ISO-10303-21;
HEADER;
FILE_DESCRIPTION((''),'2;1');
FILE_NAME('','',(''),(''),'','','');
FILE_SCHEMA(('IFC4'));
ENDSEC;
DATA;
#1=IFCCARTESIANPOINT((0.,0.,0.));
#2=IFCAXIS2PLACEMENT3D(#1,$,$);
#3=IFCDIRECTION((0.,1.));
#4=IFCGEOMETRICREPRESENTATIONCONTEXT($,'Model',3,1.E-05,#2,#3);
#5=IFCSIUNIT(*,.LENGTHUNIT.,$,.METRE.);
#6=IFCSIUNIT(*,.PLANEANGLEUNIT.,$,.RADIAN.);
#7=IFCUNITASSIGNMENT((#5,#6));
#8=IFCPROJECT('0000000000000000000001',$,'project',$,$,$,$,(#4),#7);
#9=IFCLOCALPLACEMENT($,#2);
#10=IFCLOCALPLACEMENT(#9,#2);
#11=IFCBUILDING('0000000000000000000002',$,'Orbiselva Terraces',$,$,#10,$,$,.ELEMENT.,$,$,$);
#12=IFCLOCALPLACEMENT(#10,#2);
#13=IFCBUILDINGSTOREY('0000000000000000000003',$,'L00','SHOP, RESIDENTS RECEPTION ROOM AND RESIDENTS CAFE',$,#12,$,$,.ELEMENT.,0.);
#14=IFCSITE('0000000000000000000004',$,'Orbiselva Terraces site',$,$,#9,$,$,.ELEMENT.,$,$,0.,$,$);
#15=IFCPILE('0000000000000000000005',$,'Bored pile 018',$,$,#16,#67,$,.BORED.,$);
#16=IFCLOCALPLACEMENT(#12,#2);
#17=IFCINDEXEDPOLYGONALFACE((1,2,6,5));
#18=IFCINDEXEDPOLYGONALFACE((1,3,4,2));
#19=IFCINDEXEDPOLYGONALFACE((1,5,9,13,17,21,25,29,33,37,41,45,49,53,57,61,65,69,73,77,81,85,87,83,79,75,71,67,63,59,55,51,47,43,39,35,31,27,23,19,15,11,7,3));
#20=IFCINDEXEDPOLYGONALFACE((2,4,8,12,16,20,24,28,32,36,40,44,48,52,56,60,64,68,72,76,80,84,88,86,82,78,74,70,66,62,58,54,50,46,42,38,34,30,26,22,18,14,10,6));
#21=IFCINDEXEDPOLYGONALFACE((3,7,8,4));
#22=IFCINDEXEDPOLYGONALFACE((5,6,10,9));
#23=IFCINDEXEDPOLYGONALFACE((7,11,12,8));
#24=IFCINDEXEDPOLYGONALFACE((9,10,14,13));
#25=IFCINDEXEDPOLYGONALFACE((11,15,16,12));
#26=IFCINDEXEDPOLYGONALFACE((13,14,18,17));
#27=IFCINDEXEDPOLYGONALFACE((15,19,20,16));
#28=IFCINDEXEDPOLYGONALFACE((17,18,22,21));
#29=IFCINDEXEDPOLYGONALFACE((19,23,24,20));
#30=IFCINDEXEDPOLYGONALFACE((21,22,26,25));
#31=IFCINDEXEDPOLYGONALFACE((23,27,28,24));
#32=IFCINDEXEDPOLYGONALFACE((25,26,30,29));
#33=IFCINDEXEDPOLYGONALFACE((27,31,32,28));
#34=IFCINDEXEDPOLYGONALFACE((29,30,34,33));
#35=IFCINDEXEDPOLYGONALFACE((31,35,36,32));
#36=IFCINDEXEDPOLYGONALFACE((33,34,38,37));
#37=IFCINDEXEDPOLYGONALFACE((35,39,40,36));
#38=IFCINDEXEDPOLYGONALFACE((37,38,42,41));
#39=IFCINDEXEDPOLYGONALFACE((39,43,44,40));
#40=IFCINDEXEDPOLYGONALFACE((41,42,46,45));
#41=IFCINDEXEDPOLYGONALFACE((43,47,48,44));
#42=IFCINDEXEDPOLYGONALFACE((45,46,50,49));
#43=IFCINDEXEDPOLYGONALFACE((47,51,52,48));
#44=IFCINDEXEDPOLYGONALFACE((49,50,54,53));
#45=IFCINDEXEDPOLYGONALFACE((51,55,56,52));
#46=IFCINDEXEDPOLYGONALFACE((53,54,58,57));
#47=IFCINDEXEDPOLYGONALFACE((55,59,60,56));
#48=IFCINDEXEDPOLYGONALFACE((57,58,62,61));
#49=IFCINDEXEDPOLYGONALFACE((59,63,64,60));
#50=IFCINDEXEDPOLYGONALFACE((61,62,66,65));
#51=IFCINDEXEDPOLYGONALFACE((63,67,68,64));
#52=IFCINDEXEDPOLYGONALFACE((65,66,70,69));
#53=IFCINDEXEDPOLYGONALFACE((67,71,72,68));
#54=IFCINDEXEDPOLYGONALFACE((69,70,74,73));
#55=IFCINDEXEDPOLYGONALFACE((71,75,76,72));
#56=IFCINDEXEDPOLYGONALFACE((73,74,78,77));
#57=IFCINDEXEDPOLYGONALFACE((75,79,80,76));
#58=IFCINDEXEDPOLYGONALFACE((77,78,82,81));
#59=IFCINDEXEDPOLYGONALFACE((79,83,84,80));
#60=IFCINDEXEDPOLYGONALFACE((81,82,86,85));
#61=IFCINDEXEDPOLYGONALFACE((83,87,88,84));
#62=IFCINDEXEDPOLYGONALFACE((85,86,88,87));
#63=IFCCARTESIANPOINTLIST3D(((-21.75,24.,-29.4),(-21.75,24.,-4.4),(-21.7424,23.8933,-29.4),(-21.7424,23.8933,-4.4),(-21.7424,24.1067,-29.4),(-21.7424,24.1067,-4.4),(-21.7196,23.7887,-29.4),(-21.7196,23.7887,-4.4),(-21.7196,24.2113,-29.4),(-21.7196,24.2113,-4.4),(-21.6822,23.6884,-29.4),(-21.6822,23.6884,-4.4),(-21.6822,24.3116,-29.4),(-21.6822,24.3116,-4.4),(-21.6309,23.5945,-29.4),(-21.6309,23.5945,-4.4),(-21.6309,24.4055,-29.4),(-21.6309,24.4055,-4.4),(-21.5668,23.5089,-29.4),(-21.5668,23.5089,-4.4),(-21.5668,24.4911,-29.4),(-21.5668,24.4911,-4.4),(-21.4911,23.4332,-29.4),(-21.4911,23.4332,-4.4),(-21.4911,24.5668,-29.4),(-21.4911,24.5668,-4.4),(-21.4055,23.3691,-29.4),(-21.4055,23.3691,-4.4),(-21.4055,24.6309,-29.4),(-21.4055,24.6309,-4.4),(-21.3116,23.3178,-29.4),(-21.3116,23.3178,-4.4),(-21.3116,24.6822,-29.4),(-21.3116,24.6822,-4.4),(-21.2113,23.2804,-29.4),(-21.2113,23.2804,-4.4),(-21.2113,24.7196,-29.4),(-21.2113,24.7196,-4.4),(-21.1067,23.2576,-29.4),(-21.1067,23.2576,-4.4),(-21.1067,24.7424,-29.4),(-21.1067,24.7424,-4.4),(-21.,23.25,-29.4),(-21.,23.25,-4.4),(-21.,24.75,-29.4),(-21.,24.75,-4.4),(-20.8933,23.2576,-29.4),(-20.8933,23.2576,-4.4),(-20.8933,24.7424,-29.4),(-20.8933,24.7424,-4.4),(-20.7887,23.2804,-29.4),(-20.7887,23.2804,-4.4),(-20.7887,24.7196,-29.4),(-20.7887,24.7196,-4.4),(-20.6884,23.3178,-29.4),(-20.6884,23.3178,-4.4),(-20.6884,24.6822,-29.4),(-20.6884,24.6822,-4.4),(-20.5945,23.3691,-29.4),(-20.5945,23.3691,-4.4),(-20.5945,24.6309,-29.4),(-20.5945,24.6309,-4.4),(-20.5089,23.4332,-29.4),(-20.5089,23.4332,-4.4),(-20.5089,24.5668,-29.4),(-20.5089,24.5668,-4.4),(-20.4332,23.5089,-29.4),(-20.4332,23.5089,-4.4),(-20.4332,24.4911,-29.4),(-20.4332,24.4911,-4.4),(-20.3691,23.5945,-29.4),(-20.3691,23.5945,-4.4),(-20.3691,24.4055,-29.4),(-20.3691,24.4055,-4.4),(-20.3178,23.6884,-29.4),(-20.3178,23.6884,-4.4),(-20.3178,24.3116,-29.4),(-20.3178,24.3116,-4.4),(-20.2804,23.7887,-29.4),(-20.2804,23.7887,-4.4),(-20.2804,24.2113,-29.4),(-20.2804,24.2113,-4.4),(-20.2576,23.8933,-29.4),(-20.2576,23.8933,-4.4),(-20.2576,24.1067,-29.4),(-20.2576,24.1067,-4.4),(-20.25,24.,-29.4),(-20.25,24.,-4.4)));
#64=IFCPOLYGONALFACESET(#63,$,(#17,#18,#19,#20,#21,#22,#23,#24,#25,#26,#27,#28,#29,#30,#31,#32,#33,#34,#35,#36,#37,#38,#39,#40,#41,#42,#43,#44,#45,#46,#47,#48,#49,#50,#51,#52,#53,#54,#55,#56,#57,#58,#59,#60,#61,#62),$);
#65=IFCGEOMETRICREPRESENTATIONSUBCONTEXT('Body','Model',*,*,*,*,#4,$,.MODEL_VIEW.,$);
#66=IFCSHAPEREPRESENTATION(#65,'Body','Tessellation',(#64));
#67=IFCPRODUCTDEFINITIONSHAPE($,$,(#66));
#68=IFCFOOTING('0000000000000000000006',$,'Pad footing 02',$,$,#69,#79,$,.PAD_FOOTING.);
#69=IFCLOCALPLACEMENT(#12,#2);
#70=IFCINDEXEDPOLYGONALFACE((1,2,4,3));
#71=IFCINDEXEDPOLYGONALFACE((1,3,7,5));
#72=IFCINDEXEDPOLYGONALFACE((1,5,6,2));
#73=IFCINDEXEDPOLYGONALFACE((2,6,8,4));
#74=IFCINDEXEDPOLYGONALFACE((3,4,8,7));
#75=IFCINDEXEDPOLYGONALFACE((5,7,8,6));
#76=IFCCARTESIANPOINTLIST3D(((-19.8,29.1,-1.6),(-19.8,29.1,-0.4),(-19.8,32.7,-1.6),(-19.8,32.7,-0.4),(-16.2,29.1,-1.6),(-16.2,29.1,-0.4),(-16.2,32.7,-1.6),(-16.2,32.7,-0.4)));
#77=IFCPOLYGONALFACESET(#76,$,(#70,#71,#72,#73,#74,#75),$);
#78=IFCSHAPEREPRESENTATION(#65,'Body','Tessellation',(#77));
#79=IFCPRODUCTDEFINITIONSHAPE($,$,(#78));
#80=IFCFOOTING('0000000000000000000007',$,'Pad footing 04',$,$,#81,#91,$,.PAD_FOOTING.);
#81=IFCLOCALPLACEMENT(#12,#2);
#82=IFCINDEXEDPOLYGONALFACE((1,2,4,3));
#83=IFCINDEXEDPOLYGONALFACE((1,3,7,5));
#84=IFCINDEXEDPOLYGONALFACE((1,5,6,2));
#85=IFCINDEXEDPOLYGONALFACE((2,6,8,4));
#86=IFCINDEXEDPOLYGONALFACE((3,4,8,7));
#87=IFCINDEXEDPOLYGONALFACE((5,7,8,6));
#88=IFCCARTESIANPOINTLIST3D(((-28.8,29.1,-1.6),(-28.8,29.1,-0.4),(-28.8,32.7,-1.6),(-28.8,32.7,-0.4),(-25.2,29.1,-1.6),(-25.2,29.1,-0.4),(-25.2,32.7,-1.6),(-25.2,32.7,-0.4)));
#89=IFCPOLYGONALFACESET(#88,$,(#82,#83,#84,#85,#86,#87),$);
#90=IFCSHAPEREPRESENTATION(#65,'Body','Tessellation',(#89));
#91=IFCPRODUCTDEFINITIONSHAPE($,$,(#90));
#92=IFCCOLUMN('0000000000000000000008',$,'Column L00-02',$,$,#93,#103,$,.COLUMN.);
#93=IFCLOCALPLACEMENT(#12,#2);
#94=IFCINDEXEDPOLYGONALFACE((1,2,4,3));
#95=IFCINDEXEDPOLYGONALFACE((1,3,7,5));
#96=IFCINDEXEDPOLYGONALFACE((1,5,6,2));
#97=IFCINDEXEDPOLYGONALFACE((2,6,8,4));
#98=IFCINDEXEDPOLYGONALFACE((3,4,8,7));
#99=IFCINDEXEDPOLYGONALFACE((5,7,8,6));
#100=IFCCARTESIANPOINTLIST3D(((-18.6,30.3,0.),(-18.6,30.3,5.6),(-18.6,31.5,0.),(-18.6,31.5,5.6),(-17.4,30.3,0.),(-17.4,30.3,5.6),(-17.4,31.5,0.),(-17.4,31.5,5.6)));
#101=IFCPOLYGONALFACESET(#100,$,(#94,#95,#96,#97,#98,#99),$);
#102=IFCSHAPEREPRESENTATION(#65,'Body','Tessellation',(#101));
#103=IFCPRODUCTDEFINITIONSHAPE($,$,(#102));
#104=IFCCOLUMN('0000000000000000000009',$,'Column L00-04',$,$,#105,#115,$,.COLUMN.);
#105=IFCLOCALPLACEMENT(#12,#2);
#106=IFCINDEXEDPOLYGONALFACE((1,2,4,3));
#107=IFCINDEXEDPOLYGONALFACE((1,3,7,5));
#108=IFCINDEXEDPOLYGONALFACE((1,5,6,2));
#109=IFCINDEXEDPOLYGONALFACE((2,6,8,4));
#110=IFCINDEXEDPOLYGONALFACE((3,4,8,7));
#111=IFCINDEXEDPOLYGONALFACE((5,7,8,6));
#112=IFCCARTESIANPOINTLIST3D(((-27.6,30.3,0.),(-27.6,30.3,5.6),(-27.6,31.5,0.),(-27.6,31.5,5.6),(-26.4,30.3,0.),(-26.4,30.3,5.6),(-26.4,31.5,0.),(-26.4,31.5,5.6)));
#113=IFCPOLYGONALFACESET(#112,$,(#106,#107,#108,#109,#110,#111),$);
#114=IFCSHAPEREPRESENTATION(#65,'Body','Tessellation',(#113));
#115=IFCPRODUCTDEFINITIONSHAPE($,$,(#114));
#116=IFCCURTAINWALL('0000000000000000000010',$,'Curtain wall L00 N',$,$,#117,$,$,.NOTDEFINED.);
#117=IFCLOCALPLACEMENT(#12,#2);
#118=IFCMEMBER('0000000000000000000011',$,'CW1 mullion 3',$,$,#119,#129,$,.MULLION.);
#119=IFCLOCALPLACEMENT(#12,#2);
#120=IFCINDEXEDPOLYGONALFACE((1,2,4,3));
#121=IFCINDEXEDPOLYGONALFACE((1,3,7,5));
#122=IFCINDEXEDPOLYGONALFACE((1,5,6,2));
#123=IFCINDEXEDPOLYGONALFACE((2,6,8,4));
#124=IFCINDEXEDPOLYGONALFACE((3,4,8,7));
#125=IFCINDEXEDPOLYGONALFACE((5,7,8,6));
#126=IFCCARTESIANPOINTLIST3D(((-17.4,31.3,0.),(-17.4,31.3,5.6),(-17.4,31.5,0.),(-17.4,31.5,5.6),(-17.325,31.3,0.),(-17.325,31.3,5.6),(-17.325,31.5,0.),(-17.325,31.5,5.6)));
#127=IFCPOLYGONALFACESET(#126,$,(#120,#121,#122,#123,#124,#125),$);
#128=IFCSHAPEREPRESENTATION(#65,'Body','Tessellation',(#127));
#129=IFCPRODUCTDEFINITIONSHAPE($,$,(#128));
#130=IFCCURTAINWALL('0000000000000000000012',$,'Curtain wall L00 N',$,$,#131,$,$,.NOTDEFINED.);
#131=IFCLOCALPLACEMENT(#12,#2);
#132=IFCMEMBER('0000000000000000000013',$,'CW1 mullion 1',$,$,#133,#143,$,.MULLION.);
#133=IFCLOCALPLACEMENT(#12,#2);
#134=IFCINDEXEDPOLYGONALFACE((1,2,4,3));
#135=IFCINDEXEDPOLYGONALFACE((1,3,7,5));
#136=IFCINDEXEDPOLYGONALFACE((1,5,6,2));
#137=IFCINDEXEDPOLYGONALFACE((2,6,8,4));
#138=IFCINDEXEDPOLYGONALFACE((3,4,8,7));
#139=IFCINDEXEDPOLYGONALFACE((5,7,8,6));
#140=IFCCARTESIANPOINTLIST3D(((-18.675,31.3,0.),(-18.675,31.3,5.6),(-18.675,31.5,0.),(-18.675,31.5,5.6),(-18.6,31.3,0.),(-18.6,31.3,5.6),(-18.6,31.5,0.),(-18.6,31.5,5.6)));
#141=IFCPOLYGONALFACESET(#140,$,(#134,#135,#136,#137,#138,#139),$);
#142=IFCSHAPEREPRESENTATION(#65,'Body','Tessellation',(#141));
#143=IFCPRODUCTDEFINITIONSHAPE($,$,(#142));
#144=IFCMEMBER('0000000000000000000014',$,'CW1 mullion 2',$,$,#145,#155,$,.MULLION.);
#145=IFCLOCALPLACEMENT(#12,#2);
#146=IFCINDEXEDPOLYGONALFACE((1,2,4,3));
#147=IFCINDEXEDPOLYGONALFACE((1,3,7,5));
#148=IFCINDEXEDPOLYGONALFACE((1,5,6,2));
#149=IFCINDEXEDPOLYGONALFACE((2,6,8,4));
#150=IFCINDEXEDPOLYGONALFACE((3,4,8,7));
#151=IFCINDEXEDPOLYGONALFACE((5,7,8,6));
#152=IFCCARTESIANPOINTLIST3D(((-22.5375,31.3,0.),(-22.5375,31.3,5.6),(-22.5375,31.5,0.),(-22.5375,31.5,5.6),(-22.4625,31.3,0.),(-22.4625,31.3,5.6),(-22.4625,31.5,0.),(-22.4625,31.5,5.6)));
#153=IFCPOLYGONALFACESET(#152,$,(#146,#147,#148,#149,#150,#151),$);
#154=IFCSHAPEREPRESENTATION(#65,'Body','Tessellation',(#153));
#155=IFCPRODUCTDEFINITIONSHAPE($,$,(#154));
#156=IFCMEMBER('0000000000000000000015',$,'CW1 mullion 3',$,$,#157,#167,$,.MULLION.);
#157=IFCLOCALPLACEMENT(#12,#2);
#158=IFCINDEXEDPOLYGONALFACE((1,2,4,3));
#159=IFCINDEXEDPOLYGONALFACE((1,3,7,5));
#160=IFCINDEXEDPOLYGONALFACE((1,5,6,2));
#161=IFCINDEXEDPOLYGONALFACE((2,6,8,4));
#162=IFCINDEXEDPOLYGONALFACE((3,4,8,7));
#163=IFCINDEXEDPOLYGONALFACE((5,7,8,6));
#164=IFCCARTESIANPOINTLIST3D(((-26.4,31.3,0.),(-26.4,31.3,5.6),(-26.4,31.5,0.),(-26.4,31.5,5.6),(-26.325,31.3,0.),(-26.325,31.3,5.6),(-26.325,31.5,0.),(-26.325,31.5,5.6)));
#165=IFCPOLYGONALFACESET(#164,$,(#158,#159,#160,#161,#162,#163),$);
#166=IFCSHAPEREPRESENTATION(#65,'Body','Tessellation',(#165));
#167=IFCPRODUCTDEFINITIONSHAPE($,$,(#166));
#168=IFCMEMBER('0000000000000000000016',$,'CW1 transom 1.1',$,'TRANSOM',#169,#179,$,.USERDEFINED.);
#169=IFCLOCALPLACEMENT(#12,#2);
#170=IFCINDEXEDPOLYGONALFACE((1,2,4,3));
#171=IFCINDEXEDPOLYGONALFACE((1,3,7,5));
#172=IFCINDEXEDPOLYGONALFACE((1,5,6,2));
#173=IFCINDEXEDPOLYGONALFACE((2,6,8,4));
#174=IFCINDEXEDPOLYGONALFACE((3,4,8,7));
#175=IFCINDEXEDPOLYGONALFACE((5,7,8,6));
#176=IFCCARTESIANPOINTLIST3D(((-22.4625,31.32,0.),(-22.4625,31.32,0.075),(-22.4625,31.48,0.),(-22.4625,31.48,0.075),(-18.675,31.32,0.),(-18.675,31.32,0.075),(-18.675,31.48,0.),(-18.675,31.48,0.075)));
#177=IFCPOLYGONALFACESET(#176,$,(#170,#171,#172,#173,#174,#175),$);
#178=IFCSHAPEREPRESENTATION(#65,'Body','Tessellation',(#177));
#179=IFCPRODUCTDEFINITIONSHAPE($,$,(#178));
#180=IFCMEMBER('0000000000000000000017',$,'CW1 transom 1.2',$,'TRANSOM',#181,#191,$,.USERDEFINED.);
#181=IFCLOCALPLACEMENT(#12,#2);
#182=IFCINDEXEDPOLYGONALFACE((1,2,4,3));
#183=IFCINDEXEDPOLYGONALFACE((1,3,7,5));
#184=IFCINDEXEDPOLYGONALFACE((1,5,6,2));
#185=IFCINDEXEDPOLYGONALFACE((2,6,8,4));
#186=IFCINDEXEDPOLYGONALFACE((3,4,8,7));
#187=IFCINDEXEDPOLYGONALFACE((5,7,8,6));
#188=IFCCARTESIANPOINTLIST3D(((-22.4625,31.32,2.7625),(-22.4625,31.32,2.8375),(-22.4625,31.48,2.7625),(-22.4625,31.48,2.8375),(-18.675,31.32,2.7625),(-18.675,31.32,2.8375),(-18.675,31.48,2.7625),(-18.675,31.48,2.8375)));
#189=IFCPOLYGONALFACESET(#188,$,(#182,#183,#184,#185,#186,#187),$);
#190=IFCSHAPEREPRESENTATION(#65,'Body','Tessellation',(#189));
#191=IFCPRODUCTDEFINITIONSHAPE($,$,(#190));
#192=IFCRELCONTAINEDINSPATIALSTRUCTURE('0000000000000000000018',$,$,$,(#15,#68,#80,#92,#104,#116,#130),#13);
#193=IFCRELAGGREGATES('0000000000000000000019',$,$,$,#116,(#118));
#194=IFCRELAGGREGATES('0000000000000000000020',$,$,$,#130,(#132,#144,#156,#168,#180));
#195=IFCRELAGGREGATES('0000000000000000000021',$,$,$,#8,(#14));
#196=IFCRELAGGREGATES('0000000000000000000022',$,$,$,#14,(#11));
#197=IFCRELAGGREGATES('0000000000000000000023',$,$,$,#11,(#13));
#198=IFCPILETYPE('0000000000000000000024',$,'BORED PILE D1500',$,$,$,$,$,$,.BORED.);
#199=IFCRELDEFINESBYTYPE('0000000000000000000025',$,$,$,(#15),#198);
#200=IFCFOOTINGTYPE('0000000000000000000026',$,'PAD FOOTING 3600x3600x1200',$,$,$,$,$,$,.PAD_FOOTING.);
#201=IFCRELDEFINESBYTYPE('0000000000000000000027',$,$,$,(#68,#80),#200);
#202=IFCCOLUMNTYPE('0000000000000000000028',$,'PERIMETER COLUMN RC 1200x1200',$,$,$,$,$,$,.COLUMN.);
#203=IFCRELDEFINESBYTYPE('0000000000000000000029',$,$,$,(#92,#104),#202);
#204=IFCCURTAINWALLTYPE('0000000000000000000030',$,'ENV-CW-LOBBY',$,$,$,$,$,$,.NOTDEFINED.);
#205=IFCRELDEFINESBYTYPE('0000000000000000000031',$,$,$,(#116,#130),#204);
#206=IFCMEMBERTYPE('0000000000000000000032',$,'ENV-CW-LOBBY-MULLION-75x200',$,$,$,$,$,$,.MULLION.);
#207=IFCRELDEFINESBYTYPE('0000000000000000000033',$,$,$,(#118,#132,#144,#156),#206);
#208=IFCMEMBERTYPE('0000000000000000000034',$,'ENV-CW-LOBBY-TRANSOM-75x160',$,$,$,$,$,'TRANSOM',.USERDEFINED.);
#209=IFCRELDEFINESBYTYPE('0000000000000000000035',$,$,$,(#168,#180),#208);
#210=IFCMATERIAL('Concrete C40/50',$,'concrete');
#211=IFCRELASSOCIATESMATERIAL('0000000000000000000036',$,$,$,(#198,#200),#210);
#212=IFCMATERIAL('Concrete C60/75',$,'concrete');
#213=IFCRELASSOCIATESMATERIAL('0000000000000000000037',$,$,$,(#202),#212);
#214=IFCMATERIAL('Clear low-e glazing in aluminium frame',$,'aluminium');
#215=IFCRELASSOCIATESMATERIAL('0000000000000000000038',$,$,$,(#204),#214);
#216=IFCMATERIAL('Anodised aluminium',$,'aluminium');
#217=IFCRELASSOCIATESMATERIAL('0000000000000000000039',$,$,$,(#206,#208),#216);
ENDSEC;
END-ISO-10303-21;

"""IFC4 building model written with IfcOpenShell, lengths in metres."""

from ifc_helpers import new_model, si_unit, direction, frame, origin, origin_2d, place, context, subcontext, project, spatial, rectangle, circle, extrude, material, material_profile, profile_set, type_object, element, aggregate, save


model = new_model("IFC4")

# Units and contexts
model_context = context("Model", 3, precision=1e-05, world=origin(), true_north=direction((0.0, 1.0)))
body_context = subcontext(model_context, "Body", "Model", "MODEL_VIEW")
ifc_project = project(units=[si_unit("LENGTHUNIT", "METRE"), si_unit("PLANEANGLEUNIT", "RADIAN")], contexts=[model_context])

# Site, building, storey
site_placement = place(None, origin())
site = spatial("IfcSite", under=ifc_project, at=site_placement, Name="Orbiselva Terraces site", CompositionType="ELEMENT", RefElevation=0.0)
building_placement = place(site_placement, origin())
building = spatial("IfcBuilding", under=site, at=building_placement, Name="Orbiselva Terraces", CompositionType="ELEMENT")
storey_placement = place(building_placement, origin())
storey = spatial("IfcBuildingStorey", under=building, at=storey_placement, Name="L00", Description="SHOP, RESIDENTS RECEPTION ROOM AND RESIDENTS CAFE", CompositionType="ELEMENT", Elevation=0.0)

# Pile
ifc_material_1 = material(Name="Concrete C40/50", Category="concrete")
ifc_material_profile_1 = material_profile(ifc_material_1, circle(Radius=0.75, at=origin_2d()), Name="D1500")
ifc_profile_set_1 = profile_set([ifc_material_profile_1], Name="Concrete C40/50")
pile_type = type_object("IfcPileType", Name="BORED PILE D1500", PredefinedType="BORED", material=ifc_profile_set_1)
pile_placement = place(storey_placement, frame((-21.0, 24.0, -4.4), z_axis=(0.0, 0.0, -1.0), x_axis=(1.0, 0.0, 0.0)))
element("IfcPile", 1, at=pile_placement, inside=storey, type_object=pile_type, Name="Bored pile 018", PredefinedType="BORED", context=body_context, shape_type="SweptSolid", body=[
    extrude(circle(Radius=0.75, at=origin_2d()), origin(), (0.0, 0.0, 1.0), 25.0),
])

# Footings
footing_type = type_object("IfcFootingType", Name="PAD FOOTING 3600x3600x1200", PredefinedType="PAD_FOOTING", material=ifc_material_1)
for number, where, z_axis, x_axis, name in (
    (2, (-18.0, 30.9, -1.6), (0.0, 0.0, 1.0), (1.0, 0.0, 0.0), "Pad footing 02"),
    (3, (-27.0, 30.9, -1.6), (0.0, 0.0, 1.0), (1.0, 0.0, 0.0), "Pad footing 04"),
):
    element("IfcFooting", number, at=place(storey_placement, frame(where, z_axis=z_axis, x_axis=x_axis)), inside=storey, type_object=footing_type, Name=name, PredefinedType="PAD_FOOTING", context=body_context, shape_type="SweptSolid", body=[
        extrude(rectangle(XDim=3.6, YDim=3.6, at=origin_2d()), origin(), (0.0, 0.0, 1.0), 1.2),
    ])

# Columns
ifc_material_2 = material(Name="Concrete C60/75", Category="concrete")
ifc_material_profile_2 = material_profile(ifc_material_2, rectangle(XDim=1.2, YDim=1.2, at=origin_2d()), Name="RC 1200x1200")
ifc_profile_set_2 = profile_set([ifc_material_profile_2], Name="Concrete C60/75")
column_type = type_object("IfcColumnType", Name="PERIMETER COLUMN RC 1200x1200", PredefinedType="COLUMN", material=ifc_profile_set_2)
for number, where, z_axis, x_axis, name in (
    (4, (-18.0, 30.9, 0.0), (0.0, 0.0, 1.0), (1.0, 0.0, 0.0), "Column L00-02"),
    (5, (-27.0, 30.9, 0.0), (0.0, 0.0, 1.0), (1.0, 0.0, 0.0), "Column L00-04"),
):
    element("IfcColumn", number, at=place(storey_placement, frame(where, z_axis=z_axis, x_axis=x_axis)), inside=storey, type_object=column_type, Name=name, PredefinedType="COLUMN", context=body_context, shape_type="SweptSolid", body=[
        extrude(rectangle(XDim=1.2, YDim=1.2, at=origin_2d()), origin(), (0.0, 0.0, 1.0), 5.6),
    ])

# Curtain wall, member
ifc_material_3 = material(Name="Clear low-e glazing in aluminium frame", Category="aluminium")
curtain_wall_type = type_object("IfcCurtainWallType", Name="ENV-CW-LOBBY", PredefinedType="NOTDEFINED", material=ifc_material_3)
curtain_wall_1_placement = place(storey_placement, origin())
curtain_wall_1 = element("IfcCurtainWall", 6, at=curtain_wall_1_placement, inside=storey, type_object=curtain_wall_type, Name="Curtain wall L00 N", PredefinedType="NOTDEFINED")
ifc_material_4 = material(Name="Anodised aluminium", Category="aluminium")
ifc_material_profile_3 = material_profile(ifc_material_4, rectangle(XDim=0.2, YDim=0.075, at=origin_2d()), Name="AL 75x200")
ifc_profile_set_3 = profile_set([ifc_material_profile_3], Name="Anodised aluminium")
member_type_1 = type_object("IfcMemberType", Name="ENV-CW-LOBBY-MULLION-75x200", PredefinedType="MULLION", material=ifc_profile_set_3)
member_1_placement = place(storey_placement, frame((-17.3625, 31.4, 0.0), z_axis=(0.0, 0.0, 1.0), x_axis=(0.0, -1.0, 0.0)))
member_1 = element("IfcMember", 7, at=member_1_placement, type_object=member_type_1, Name="CW1 mullion 3", PredefinedType="MULLION", context=body_context, shape_type="SweptSolid", body=[
    extrude(rectangle(XDim=0.2, YDim=0.075, at=origin_2d()), origin(), (0.0, 0.0, 1.0), 5.6),
])

# Curtain wall, members
curtain_wall_2_placement = place(storey_placement, origin())
curtain_wall_2 = element("IfcCurtainWall", 8, at=curtain_wall_2_placement, inside=storey, type_object=curtain_wall_type, Name="Curtain wall L00 N", PredefinedType="NOTDEFINED")
member_2_placement = place(storey_placement, frame((-18.6375, 31.4, 0.0), z_axis=(0.0, 0.0, 1.0), x_axis=(0.0, -1.0, 0.0)))
member_2 = element("IfcMember", 9, at=member_2_placement, type_object=member_type_1, Name="CW1 mullion 1", PredefinedType="MULLION", context=body_context, shape_type="SweptSolid", body=[
    extrude(rectangle(XDim=0.2, YDim=0.075, at=origin_2d()), origin(), (0.0, 0.0, 1.0), 5.6),
])
member_3_placement = place(storey_placement, frame((-22.5, 31.4, 0.0), z_axis=(0.0, 0.0, 1.0), x_axis=(0.0, -1.0, 0.0)))
member_3 = element("IfcMember", 10, at=member_3_placement, type_object=member_type_1, Name="CW1 mullion 2", PredefinedType="MULLION", context=body_context, shape_type="SweptSolid", body=[
    extrude(rectangle(XDim=0.2, YDim=0.075, at=origin_2d()), origin(), (0.0, 0.0, 1.0), 5.6),
])
member_4_placement = place(storey_placement, frame((-26.3625, 31.4, 0.0), z_axis=(0.0, 0.0, 1.0), x_axis=(0.0, -1.0, 0.0)))
member_4 = element("IfcMember", 11, at=member_4_placement, type_object=member_type_1, Name="CW1 mullion 3", PredefinedType="MULLION", context=body_context, shape_type="SweptSolid", body=[
    extrude(rectangle(XDim=0.2, YDim=0.075, at=origin_2d()), origin(), (0.0, 0.0, 1.0), 5.6),
])
ifc_material_profile_4 = material_profile(ifc_material_4, rectangle(XDim=0.16, YDim=0.075, at=origin_2d()), Name="AL 75x160")
ifc_profile_set_4 = profile_set([ifc_material_profile_4], Name="Anodised aluminium")
member_type_2 = type_object("IfcMemberType", Name="ENV-CW-LOBBY-TRANSOM-75x160", ElementType="TRANSOM", PredefinedType="USERDEFINED", material=ifc_profile_set_4)
member_5_placement = place(storey_placement, frame((-18.675, 31.4, 0.0375), z_axis=(-1.0, 0.0, 0.0), x_axis=(0.0, -1.0, 0.0)))
member_5 = element("IfcMember", 12, at=member_5_placement, type_object=member_type_2, Name="CW1 transom 1.1", ObjectType="TRANSOM", PredefinedType="USERDEFINED", context=body_context, shape_type="SweptSolid", body=[
    extrude(rectangle(XDim=0.16, YDim=0.075, at=origin_2d()), origin(), (0.0, 0.0, 1.0), 3.7875),
])
member_6_placement = place(storey_placement, frame((-18.675, 31.4, 2.8), z_axis=(-1.0, 0.0, 0.0), x_axis=(0.0, -1.0, 0.0)))
member_6 = element("IfcMember", 13, at=member_6_placement, type_object=member_type_2, Name="CW1 transom 1.2", ObjectType="TRANSOM", PredefinedType="USERDEFINED", context=body_context, shape_type="SweptSolid", body=[
    extrude(rectangle(XDim=0.16, YDim=0.075, at=origin_2d()), origin(), (0.0, 0.0, 1.0), 3.7875),
])

aggregate(curtain_wall_1, [member_1])
aggregate(curtain_wall_2, [member_2, member_3, member_4, member_5, member_6])

save(model, "model.ifc")
